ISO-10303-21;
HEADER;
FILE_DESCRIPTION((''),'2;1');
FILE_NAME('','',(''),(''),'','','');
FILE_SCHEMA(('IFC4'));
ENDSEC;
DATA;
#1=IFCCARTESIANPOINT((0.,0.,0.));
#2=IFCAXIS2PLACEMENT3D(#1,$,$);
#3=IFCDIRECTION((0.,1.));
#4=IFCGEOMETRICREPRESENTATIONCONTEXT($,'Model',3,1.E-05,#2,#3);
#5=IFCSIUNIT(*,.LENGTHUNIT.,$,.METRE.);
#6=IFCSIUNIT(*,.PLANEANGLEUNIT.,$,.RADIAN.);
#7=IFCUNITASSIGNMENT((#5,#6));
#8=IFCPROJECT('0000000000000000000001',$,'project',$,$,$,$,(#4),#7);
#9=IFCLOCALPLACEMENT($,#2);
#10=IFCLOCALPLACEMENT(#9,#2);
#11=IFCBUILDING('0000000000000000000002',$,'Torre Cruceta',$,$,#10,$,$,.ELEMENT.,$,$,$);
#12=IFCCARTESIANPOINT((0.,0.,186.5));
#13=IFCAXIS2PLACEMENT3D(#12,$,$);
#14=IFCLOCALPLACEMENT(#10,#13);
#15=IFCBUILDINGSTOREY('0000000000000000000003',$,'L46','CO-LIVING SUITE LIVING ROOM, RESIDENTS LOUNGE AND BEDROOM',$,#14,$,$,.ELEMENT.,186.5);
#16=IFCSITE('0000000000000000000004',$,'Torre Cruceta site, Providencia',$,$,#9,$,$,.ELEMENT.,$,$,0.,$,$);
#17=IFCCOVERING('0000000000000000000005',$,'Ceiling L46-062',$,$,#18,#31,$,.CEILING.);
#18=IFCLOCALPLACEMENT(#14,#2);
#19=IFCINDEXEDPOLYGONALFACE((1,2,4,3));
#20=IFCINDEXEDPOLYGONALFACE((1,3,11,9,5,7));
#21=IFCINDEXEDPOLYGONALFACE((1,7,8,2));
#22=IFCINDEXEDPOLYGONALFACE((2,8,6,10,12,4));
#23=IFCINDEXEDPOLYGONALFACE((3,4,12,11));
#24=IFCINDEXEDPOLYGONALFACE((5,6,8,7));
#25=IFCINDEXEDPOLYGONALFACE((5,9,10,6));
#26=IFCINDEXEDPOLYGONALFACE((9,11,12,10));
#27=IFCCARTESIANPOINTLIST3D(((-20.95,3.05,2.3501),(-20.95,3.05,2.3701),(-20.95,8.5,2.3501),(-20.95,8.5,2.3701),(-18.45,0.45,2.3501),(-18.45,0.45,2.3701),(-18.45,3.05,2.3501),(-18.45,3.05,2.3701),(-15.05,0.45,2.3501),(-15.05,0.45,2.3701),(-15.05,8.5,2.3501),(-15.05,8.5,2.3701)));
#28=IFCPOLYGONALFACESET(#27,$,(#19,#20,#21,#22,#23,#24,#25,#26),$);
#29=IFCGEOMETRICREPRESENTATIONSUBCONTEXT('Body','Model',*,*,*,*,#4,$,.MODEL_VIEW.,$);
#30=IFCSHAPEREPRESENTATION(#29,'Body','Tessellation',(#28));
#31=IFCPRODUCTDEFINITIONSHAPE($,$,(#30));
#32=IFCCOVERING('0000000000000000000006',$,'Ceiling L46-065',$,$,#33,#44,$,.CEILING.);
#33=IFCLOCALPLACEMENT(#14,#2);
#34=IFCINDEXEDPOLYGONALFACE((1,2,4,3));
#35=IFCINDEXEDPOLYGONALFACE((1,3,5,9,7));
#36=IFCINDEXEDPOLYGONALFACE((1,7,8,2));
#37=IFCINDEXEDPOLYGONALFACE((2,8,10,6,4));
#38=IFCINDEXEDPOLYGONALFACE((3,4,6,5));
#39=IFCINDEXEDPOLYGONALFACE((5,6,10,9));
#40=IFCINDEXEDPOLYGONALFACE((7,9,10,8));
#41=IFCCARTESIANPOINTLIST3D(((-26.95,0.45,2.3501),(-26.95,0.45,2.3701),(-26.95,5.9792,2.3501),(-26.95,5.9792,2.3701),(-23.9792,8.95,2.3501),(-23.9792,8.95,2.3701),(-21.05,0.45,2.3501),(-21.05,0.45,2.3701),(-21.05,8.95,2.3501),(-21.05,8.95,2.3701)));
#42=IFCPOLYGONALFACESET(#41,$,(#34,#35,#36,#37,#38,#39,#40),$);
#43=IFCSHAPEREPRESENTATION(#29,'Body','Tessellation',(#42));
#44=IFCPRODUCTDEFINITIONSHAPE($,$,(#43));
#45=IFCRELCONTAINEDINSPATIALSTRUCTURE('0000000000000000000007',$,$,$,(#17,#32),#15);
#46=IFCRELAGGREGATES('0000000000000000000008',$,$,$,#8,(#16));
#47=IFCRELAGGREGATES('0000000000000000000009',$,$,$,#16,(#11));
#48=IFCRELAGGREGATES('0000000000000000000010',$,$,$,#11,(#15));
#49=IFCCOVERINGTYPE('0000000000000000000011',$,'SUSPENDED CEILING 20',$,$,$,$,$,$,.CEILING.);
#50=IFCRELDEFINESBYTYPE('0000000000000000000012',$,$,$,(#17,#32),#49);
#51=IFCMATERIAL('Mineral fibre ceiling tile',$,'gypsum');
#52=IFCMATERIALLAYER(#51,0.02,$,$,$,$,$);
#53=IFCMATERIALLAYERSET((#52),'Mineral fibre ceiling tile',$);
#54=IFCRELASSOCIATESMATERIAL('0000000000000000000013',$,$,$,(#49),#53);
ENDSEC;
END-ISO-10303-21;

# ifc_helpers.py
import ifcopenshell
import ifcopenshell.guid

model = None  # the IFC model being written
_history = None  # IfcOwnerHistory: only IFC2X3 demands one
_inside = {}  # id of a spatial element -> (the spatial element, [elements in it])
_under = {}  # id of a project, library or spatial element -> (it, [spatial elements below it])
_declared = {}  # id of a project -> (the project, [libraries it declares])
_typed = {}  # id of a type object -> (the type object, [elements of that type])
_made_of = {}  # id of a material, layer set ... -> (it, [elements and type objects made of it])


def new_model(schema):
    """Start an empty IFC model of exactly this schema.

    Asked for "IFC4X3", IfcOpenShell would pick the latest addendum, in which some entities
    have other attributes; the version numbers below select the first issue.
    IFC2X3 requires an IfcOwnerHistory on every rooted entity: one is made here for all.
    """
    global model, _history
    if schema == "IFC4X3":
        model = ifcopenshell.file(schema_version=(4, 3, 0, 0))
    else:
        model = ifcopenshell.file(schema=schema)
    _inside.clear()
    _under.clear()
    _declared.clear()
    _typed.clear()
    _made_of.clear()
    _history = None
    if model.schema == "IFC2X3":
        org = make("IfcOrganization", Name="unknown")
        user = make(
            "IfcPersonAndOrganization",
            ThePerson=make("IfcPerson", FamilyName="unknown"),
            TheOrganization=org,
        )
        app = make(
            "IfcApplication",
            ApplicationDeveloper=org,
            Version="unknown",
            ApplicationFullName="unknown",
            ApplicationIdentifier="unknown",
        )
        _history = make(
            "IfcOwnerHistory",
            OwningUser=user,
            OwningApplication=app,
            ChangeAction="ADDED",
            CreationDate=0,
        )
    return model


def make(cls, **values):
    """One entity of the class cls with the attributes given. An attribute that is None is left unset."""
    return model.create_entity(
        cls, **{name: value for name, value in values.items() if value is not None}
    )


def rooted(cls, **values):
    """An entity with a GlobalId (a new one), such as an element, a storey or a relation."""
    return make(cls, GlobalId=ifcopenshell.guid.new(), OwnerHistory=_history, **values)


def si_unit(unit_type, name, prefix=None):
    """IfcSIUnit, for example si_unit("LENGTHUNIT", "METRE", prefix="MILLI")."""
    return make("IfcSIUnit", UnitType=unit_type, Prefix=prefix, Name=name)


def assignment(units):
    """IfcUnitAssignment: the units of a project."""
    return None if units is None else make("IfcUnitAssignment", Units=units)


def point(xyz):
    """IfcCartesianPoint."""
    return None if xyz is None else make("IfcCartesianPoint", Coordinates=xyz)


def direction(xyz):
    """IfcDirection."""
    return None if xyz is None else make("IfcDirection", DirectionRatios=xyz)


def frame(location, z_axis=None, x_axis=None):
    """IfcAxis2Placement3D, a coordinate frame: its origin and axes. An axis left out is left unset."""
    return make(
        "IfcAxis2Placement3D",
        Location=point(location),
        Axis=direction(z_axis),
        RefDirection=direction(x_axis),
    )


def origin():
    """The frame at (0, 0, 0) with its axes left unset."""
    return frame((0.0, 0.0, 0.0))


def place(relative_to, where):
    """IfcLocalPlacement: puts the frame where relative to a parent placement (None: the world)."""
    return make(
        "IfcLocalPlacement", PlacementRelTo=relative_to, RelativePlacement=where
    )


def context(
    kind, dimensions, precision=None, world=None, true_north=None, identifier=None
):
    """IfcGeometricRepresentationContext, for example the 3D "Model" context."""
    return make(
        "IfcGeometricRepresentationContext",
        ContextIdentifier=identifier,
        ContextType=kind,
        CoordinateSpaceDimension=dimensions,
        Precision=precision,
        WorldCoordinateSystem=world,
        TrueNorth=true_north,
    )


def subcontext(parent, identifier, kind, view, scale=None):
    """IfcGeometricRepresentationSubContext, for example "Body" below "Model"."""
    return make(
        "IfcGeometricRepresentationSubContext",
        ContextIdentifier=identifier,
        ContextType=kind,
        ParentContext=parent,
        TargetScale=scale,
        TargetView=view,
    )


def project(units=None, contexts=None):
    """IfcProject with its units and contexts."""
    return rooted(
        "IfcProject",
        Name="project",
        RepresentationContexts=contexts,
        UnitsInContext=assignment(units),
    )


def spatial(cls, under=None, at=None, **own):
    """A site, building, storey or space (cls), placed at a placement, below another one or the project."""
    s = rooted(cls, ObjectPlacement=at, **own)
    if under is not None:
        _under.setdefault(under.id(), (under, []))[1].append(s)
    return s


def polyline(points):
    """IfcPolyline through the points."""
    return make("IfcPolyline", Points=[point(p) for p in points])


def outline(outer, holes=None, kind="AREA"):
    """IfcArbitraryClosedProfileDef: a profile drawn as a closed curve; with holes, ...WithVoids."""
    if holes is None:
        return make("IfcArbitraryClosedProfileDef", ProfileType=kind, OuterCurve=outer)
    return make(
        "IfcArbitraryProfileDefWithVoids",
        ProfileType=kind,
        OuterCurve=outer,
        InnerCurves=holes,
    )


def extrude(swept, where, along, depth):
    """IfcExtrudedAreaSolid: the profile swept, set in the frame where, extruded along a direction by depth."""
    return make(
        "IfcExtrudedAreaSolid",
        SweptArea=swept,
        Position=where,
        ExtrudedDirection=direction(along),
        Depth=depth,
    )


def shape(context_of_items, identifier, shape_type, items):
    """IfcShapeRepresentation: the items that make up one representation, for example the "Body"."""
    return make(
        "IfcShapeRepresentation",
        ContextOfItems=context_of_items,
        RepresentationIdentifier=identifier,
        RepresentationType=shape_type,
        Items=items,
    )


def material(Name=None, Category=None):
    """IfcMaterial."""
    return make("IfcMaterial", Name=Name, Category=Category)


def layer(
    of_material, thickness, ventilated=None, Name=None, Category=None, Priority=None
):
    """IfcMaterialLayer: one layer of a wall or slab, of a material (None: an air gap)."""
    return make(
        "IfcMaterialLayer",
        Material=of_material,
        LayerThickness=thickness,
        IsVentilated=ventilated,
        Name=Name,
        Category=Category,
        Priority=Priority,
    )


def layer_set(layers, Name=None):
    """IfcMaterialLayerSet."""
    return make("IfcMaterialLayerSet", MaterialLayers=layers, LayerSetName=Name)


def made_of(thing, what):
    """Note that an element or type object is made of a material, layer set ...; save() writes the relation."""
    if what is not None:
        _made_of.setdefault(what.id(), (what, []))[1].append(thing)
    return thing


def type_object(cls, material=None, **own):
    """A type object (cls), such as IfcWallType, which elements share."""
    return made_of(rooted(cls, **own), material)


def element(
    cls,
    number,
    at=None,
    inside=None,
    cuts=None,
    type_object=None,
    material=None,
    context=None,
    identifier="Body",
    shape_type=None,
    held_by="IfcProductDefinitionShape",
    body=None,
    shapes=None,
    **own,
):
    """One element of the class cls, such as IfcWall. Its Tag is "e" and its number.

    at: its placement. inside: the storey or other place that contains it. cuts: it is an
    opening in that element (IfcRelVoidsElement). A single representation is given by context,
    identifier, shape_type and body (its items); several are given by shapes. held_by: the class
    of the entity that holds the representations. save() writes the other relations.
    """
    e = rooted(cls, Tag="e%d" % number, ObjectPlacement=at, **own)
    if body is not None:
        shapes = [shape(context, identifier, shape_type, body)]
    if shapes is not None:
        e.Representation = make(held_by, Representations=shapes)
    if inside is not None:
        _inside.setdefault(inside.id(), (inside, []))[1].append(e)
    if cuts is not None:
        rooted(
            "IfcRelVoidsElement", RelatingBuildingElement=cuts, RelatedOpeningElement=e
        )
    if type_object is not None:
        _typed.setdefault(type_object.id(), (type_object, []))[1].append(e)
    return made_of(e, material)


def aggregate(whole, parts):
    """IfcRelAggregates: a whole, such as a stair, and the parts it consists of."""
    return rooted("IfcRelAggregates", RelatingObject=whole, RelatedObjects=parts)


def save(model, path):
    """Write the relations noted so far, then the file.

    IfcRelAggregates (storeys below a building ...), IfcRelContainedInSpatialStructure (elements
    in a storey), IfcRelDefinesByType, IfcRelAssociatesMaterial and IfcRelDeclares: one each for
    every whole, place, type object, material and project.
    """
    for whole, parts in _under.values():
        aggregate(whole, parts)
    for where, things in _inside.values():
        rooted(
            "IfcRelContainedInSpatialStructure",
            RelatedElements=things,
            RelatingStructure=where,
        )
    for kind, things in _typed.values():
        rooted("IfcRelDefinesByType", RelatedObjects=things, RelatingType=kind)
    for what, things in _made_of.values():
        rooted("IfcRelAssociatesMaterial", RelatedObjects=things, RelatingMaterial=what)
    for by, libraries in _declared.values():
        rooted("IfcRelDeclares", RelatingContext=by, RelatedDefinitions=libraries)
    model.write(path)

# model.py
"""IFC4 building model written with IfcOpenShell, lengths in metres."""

from ifc_helpers import new_model, si_unit, direction, frame, origin, place, context, subcontext, project, spatial, polyline, outline, extrude, material, layer, layer_set, type_object, element, save


model = new_model("IFC4")

# Units and contexts
model_context = context("Model", 3, precision=1e-05, world=origin(), true_north=direction((0.0, 1.0)))
body_context = subcontext(model_context, "Body", "Model", "MODEL_VIEW")
ifc_project = project(units=[si_unit("LENGTHUNIT", "METRE"), si_unit("PLANEANGLEUNIT", "RADIAN")], contexts=[model_context])

# Site, building, storey
site_placement = place(None, origin())
site = spatial("IfcSite", under=ifc_project, at=site_placement, Name="Torre Cruceta site, Providencia", CompositionType="ELEMENT", RefElevation=0.0)
building_placement = place(site_placement, origin())
building = spatial("IfcBuilding", under=site, at=building_placement, Name="Torre Cruceta", CompositionType="ELEMENT")
storey_placement = place(building_placement, frame((0.0, 0.0, 186.5)))
storey = spatial("IfcBuildingStorey", under=building, at=storey_placement, Name="L46", Description="CO-LIVING SUITE LIVING ROOM, RESIDENTS LOUNGE AND BEDROOM", CompositionType="ELEMENT", Elevation=186.5)

# Coverings
ifc_material_1 = material(Name="Mineral fibre ceiling tile", Category="gypsum")
ifc_layer_1 = layer(ifc_material_1, 0.02)
ifc_layer_set_1 = layer_set([ifc_layer_1], Name="Mineral fibre ceiling tile")
covering_type = type_object("IfcCoveringType", Name="SUSPENDED CEILING 20", PredefinedType="CEILING", material=ifc_layer_set_1)
covering_1_placement = place(storey_placement, frame((0.0, 0.0, 2.3501)))
element("IfcCovering", 1, at=covering_1_placement, inside=storey, type_object=covering_type, Name="Ceiling L46-062", PredefinedType="CEILING", context=body_context, shape_type="SweptSolid", body=[
    extrude(outline(polyline([(-20.95, 8.5), (-15.05, 8.5), (-15.05, 0.45), (-18.45, 0.45), (-18.45, 3.05), (-20.95, 3.05), (-20.95, 8.5)])), origin(), (0.0, 0.0, 1.0), 0.02),
])
covering_2_placement = place(storey_placement, frame((0.0, 0.0, 2.3501)))
element("IfcCovering", 2, at=covering_2_placement, inside=storey, type_object=covering_type, Name="Ceiling L46-065", PredefinedType="CEILING", context=body_context, shape_type="SweptSolid", body=[
    extrude(outline(polyline([(-23.9792, 8.95), (-21.05, 8.95), (-21.05, 0.45), (-26.95, 0.45), (-26.95, 5.9792), (-23.9792, 8.95)])), origin(), (0.0, 0.0, 1.0), 0.02),
])

save(model, "model.ifc")
